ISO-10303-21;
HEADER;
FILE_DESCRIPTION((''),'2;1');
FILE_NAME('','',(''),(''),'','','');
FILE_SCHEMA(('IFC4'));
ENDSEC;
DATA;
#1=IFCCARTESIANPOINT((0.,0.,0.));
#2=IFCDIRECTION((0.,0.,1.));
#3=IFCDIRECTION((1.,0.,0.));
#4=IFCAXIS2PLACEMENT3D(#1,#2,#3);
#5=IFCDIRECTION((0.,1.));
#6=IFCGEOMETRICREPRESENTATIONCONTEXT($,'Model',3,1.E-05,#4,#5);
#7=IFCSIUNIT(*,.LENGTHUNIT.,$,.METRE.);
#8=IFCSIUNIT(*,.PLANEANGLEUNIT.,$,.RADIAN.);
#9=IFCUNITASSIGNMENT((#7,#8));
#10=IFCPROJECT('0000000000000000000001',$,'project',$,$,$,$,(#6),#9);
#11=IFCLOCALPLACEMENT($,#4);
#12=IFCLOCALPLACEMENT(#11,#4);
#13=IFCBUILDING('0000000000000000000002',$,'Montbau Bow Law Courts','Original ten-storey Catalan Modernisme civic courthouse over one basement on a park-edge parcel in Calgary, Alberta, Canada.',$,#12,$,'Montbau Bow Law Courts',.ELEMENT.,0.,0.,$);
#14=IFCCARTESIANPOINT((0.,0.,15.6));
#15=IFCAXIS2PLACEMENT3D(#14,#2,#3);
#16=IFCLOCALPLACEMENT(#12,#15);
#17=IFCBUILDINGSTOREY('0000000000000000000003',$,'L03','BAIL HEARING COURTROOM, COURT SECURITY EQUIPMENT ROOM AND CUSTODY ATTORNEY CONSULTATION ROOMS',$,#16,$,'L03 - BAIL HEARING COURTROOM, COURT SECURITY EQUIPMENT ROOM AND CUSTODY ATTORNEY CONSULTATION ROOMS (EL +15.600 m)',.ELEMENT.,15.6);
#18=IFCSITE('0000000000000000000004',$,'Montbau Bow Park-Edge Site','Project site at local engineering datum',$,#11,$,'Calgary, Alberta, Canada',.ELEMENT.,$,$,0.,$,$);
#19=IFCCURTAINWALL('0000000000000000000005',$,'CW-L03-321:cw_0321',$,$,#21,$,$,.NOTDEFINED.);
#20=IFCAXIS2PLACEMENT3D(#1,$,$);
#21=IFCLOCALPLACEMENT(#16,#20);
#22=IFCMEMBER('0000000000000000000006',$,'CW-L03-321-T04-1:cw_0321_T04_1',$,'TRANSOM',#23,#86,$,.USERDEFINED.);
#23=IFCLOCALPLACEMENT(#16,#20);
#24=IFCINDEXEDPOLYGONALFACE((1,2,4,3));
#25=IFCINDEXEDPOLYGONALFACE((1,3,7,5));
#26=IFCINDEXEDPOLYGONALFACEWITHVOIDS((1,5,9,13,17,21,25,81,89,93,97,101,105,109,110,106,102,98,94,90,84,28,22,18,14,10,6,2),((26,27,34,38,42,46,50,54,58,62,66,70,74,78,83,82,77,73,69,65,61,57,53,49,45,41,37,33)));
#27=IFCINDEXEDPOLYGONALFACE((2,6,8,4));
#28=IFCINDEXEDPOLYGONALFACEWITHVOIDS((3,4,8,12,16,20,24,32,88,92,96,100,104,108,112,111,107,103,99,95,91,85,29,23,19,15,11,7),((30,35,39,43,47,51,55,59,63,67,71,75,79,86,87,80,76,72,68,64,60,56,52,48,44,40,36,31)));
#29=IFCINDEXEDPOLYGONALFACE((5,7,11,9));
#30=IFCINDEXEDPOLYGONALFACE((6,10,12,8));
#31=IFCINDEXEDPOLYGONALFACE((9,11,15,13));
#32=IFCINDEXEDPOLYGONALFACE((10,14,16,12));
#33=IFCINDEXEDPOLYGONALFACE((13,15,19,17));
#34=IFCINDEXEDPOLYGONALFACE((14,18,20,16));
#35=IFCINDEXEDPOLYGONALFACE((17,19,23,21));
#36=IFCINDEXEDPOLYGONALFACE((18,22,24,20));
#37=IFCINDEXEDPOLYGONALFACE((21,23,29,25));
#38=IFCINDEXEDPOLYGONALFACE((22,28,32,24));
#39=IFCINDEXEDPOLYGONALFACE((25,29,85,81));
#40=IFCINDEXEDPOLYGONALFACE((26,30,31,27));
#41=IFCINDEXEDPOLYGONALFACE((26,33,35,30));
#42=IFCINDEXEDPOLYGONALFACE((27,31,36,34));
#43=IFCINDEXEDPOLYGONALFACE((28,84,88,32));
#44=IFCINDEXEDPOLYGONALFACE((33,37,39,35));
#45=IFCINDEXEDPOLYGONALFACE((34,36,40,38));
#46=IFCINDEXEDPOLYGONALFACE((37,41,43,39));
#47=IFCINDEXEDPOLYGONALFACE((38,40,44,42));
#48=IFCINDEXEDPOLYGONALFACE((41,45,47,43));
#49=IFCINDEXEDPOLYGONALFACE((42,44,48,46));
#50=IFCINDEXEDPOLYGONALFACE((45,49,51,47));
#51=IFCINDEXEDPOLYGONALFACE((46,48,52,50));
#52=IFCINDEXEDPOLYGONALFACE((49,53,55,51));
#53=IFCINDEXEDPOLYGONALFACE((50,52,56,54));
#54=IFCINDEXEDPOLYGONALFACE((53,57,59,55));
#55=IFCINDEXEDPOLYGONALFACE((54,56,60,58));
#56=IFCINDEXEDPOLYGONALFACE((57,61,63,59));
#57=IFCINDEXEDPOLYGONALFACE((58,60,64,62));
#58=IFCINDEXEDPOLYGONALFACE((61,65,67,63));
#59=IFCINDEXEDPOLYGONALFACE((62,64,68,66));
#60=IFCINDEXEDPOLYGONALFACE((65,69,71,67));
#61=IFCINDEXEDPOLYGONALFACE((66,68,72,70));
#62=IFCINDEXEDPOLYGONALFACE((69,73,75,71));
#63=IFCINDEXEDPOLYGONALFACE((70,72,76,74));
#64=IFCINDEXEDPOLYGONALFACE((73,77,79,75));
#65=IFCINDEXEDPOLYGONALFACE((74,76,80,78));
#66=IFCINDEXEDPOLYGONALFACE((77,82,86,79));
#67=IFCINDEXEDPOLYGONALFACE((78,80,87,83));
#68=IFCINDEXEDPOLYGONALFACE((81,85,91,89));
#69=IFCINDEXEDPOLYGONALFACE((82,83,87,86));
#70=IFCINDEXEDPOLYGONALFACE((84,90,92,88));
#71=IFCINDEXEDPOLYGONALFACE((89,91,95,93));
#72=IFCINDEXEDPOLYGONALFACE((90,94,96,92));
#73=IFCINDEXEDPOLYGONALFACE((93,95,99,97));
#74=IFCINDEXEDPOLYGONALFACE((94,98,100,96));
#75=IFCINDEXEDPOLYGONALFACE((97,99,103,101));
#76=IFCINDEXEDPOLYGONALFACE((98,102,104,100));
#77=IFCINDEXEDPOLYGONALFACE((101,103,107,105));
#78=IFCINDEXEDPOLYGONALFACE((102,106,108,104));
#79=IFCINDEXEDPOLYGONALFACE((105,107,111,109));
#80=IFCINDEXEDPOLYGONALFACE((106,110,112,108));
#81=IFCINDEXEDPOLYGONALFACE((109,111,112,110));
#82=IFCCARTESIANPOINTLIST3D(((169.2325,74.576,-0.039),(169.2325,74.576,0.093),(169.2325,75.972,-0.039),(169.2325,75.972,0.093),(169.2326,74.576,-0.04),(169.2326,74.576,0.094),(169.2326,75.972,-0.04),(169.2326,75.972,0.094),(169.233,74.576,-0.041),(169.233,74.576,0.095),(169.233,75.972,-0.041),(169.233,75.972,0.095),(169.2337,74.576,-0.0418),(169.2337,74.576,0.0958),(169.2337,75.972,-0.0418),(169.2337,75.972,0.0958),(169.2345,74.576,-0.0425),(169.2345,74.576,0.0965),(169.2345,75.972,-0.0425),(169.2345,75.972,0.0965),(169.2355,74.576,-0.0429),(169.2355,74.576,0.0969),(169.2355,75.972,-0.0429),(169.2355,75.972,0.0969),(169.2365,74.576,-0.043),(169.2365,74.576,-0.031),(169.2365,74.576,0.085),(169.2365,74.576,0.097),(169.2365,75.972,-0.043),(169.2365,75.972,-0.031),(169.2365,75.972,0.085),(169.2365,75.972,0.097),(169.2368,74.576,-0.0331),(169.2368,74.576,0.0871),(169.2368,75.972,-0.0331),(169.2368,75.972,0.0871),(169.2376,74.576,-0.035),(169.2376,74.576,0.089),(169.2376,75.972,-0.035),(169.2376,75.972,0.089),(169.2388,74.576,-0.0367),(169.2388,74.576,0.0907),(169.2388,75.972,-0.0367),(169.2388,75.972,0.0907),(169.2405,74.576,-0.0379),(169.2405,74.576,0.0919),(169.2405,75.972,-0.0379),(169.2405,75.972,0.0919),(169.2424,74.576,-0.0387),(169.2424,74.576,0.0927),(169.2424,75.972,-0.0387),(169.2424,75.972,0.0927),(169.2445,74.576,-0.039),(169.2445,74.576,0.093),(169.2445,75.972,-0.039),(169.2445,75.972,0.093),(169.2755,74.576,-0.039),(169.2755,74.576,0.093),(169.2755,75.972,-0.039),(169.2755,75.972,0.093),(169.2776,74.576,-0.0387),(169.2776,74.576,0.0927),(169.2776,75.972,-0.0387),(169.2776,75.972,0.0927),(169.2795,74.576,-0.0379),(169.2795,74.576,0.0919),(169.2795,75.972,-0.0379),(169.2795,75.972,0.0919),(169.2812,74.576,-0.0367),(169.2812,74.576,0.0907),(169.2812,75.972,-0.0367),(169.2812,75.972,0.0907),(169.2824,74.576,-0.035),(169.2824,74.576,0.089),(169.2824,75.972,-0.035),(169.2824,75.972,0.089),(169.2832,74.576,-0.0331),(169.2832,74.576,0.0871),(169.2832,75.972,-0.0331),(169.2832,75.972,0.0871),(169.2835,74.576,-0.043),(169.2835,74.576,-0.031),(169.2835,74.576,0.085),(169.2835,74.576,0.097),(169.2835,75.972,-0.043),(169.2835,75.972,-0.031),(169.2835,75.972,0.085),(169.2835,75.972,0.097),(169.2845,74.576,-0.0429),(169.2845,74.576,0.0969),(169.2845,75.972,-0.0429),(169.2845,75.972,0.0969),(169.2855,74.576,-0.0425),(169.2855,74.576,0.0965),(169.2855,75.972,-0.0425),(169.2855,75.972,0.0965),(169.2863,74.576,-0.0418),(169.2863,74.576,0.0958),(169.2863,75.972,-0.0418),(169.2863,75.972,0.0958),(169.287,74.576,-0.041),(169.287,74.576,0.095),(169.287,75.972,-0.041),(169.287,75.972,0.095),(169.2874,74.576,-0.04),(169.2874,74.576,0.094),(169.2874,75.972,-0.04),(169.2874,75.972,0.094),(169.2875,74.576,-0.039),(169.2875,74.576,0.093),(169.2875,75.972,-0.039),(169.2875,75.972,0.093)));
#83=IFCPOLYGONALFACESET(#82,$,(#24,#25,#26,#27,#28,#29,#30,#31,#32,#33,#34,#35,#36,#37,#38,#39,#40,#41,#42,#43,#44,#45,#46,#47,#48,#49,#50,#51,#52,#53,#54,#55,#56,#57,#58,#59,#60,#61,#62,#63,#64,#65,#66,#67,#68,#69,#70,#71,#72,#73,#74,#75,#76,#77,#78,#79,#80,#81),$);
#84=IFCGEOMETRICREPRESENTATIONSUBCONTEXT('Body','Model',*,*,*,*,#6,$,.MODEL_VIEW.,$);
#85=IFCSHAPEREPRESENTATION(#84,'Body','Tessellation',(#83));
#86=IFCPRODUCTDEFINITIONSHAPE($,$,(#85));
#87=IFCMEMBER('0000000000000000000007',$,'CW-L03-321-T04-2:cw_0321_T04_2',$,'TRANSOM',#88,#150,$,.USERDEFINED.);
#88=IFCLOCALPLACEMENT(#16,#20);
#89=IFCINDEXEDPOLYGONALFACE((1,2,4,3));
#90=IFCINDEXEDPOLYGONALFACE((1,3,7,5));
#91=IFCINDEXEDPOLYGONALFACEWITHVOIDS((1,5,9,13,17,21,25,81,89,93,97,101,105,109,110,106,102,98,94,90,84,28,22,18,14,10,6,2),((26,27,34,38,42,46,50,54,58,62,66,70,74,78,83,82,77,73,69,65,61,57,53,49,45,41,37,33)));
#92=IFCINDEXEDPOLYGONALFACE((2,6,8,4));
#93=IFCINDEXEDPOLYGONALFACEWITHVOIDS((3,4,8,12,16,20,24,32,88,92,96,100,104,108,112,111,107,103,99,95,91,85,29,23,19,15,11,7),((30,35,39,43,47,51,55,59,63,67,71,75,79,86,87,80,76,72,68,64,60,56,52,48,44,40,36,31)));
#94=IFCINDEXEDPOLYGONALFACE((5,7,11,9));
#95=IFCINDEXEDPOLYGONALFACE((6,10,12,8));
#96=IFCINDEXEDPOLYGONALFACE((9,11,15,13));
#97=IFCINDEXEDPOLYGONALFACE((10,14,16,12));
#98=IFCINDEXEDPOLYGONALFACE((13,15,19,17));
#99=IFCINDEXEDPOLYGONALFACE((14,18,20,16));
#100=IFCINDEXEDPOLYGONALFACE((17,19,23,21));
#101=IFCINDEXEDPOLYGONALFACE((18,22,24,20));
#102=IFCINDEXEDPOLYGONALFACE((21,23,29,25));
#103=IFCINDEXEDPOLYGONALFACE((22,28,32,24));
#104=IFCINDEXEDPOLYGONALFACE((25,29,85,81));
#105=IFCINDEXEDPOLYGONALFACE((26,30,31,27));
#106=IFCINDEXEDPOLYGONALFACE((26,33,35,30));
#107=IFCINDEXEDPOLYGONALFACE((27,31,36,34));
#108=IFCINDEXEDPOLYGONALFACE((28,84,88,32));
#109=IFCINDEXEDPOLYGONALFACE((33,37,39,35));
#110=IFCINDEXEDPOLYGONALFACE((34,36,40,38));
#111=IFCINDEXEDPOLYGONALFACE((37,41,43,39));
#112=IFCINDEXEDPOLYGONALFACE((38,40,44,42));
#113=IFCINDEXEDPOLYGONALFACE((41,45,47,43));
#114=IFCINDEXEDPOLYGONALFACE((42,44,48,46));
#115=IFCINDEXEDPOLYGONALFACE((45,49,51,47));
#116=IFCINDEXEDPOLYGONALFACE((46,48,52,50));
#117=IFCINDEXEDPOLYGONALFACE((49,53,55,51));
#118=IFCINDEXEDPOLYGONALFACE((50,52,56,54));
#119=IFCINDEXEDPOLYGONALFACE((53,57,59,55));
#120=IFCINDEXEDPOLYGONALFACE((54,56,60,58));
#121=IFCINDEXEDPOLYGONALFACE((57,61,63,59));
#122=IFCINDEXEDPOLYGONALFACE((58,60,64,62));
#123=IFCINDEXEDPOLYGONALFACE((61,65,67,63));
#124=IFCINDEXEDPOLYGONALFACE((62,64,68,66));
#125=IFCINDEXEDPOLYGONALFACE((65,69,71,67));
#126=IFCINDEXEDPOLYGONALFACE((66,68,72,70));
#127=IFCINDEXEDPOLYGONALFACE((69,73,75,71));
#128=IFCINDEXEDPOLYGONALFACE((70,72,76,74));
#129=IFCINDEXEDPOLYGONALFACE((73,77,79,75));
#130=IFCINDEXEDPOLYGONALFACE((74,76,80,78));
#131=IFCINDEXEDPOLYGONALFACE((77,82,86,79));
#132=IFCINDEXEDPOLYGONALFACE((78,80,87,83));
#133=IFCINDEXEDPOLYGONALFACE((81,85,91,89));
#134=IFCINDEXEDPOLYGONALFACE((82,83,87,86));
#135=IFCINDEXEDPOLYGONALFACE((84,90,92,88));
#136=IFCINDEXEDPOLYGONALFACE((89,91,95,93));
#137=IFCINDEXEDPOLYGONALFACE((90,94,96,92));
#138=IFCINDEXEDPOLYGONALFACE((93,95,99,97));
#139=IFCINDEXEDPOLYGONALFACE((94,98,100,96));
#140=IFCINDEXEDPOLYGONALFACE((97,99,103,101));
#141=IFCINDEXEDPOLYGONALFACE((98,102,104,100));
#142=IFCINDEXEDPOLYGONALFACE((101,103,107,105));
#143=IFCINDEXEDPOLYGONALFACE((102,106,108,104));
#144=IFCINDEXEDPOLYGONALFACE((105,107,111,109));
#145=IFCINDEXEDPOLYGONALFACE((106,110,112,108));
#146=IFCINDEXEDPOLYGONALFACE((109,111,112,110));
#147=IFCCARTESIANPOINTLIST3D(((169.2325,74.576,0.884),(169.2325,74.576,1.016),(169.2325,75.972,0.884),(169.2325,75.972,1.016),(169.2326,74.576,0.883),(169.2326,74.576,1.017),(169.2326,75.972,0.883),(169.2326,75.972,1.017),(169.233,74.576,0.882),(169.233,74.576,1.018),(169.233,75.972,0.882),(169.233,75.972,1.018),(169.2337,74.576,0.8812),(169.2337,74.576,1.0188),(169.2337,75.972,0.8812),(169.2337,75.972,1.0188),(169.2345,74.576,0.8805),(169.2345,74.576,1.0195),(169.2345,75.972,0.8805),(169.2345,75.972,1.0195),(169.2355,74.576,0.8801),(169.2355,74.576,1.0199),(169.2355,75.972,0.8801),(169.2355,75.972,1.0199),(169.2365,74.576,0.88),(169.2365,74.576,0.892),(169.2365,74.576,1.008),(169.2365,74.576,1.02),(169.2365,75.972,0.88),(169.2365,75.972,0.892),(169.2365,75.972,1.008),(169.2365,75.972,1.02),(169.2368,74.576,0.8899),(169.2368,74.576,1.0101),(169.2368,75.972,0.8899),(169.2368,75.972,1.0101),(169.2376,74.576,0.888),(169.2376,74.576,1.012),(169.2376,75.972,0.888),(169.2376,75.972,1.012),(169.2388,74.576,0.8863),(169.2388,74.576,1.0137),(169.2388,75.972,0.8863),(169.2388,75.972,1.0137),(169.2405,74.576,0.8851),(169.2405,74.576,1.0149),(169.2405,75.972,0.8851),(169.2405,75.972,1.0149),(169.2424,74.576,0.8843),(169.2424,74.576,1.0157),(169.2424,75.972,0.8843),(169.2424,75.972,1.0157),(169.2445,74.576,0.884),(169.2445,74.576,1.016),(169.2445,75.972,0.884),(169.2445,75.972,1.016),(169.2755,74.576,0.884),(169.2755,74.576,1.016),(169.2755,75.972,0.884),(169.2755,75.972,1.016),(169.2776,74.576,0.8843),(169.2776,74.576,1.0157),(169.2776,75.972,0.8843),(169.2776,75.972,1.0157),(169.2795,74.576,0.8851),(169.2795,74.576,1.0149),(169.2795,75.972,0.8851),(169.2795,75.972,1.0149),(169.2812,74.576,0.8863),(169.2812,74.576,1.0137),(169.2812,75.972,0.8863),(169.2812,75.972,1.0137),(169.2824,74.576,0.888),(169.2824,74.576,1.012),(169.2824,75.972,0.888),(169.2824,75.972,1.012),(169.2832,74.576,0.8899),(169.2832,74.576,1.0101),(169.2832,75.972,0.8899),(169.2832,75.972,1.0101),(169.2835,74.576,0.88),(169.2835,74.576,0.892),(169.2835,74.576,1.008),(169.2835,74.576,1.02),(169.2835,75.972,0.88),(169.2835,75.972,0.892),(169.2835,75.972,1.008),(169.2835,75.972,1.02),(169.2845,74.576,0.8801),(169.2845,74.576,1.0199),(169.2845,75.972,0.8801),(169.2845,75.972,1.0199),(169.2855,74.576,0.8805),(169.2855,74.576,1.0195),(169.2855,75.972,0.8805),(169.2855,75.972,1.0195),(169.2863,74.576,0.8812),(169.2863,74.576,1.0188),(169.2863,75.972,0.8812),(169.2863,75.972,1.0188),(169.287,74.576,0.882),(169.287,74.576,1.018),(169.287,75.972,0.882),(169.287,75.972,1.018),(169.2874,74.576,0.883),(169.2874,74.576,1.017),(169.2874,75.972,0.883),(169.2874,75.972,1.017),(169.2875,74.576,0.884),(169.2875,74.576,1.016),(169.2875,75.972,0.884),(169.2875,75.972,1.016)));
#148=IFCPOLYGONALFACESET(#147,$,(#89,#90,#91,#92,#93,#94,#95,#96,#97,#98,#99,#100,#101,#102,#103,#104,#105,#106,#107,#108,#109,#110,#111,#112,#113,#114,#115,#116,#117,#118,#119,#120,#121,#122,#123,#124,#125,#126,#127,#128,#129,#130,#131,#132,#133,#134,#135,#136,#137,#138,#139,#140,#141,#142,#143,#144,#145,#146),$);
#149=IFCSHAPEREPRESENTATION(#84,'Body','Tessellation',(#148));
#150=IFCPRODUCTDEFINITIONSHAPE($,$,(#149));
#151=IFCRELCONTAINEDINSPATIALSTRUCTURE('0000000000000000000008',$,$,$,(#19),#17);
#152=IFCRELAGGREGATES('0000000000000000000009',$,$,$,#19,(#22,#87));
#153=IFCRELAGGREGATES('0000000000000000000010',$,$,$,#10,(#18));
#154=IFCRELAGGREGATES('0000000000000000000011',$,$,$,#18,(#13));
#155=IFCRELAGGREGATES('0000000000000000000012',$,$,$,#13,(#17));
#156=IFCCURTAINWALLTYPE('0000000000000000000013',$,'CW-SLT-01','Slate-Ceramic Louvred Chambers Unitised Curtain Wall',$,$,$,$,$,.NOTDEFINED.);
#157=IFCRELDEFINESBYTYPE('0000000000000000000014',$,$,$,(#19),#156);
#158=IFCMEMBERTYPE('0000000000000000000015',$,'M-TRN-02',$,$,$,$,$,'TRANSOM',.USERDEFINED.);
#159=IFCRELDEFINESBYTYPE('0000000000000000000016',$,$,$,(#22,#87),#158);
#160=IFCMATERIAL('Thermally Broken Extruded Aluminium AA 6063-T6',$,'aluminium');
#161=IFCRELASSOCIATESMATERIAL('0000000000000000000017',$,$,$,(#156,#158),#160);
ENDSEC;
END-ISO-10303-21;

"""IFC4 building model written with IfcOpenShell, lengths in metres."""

from ifc_helpers import new_model, si_unit, direction, frame, origin_with_axes, origin_2d_with_axis, place, context, subcontext, project, spatial, hollow_rectangle, extrude, material, material_profile, profile_set, type_object, element, aggregate, save


model = new_model("IFC4")

# Units and contexts
model_context = context("Model", 3, precision=1e-05, world=origin_with_axes(), true_north=direction((0.0, 1.0)))
body_context = subcontext(model_context, "Body", "Model", "MODEL_VIEW")
ifc_project = project(units=[si_unit("LENGTHUNIT", "METRE"), si_unit("PLANEANGLEUNIT", "RADIAN")], contexts=[model_context])

# Site, building, storey
site_placement = place(None, origin_with_axes())
site = spatial("IfcSite", under=ifc_project, at=site_placement, Name="Montbau Bow Park-Edge Site", Description="Project site at local engineering datum", LongName="Calgary, Alberta, Canada", CompositionType="ELEMENT", RefElevation=0.0)
building_placement = place(site_placement, origin_with_axes())
building = spatial("IfcBuilding", under=site, at=building_placement, Name="Montbau Bow Law Courts", Description="Original ten-storey Catalan Modernisme civic courthouse over one basement on a park-edge parcel in Calgary, Alberta, Canada.", LongName="Montbau Bow Law Courts", CompositionType="ELEMENT", ElevationOfRefHeight=0.0, ElevationOfTerrain=0.0)
storey_placement = place(building_placement, frame((0.0, 0.0, 15.6), z_axis=(0.0, 0.0, 1.0), x_axis=(1.0, 0.0, 0.0)))
storey = spatial("IfcBuildingStorey", under=building, at=storey_placement, Name="L03", Description="BAIL HEARING COURTROOM, COURT SECURITY EQUIPMENT ROOM AND CUSTODY ATTORNEY CONSULTATION ROOMS", LongName="L03 - BAIL HEARING COURTROOM, COURT SECURITY EQUIPMENT ROOM AND CUSTODY ATTORNEY CONSULTATION ROOMS (EL +15.600 m)", CompositionType="ELEMENT", Elevation=15.6)

# Curtain wall, members
ifc_material_1 = material(Name="Thermally Broken Extruded Aluminium AA 6063-T6", Category="aluminium")
curtain_wall_type = type_object("IfcCurtainWallType", Name="CW-SLT-01", Description="Slate-Ceramic Louvred Chambers Unitised Curtain Wall", PredefinedType="NOTDEFINED", material=ifc_material_1)
curtain_wall_placement = place(None, frame((169.26, 70.115, 15.6), z_axis=(0.0, 0.0, 1.0), x_axis=(1.0, 0.0, 0.0)))
curtain_wall = element("IfcCurtainWall", 1, at=curtain_wall_placement, inside=storey, type_object=curtain_wall_type, Name="CW-L03-321:cw_0321", PredefinedType="NOTDEFINED")
ifc_material_profile_1 = material_profile(ifc_material_1, hollow_rectangle(XDim=0.055, YDim=0.14, WallThickness=0.004, InnerFilletRadius=0.008, OuterFilletRadius=0.004, at=origin_2d_with_axis()), Name="CWT-140X55", Category="Main", Priority=0)
ifc_profile_set_1 = profile_set([ifc_material_profile_1], Name="Thermally Broken Extruded Aluminium AA 6063-T6")
member_type_1 = type_object("IfcMemberType", Name="M-TRN-02", ElementType="TRANSOM", PredefinedType="USERDEFINED", material=ifc_profile_set_1)
member_1_placement = place(None, frame((169.26, 74.576, 15.627), z_axis=(0.0, 1.0, 0.0), x_axis=(-1.0, 0.0, 0.0)))
member_1 = element("IfcMember", 2, at=member_1_placement, type_object=member_type_1, Name="CW-L03-321-T04-1:cw_0321_T04_1", ObjectType="TRANSOM", PredefinedType="USERDEFINED", context=body_context, shape_type="SweptSolid", body=[
    extrude(hollow_rectangle(XDim=0.055, YDim=0.14, WallThickness=0.004, InnerFilletRadius=0.008, OuterFilletRadius=0.004, at=origin_2d_with_axis()), origin_with_axes(), (0.0, 0.0, 1.0), 1.396),
])
member_2_placement = place(None, frame((169.26, 74.576, 16.55), z_axis=(0.0, 1.0, 0.0), x_axis=(-1.0, 0.0, 0.0)))
member_2 = element("IfcMember", 3, at=member_2_placement, type_object=member_type_1, Name="CW-L03-321-T04-2:cw_0321_T04_2", ObjectType="TRANSOM", PredefinedType="USERDEFINED", context=body_context, shape_type="SweptSolid", body=[
    extrude(hollow_rectangle(XDim=0.055, YDim=0.14, WallThickness=0.004, InnerFilletRadius=0.008, OuterFilletRadius=0.004, at=origin_2d_with_axis()), origin_with_axes(), (0.0, 0.0, 1.0), 1.396),
])
aggregate(curtain_wall, [member_1, member_2])

save(model, "model.ifc")
